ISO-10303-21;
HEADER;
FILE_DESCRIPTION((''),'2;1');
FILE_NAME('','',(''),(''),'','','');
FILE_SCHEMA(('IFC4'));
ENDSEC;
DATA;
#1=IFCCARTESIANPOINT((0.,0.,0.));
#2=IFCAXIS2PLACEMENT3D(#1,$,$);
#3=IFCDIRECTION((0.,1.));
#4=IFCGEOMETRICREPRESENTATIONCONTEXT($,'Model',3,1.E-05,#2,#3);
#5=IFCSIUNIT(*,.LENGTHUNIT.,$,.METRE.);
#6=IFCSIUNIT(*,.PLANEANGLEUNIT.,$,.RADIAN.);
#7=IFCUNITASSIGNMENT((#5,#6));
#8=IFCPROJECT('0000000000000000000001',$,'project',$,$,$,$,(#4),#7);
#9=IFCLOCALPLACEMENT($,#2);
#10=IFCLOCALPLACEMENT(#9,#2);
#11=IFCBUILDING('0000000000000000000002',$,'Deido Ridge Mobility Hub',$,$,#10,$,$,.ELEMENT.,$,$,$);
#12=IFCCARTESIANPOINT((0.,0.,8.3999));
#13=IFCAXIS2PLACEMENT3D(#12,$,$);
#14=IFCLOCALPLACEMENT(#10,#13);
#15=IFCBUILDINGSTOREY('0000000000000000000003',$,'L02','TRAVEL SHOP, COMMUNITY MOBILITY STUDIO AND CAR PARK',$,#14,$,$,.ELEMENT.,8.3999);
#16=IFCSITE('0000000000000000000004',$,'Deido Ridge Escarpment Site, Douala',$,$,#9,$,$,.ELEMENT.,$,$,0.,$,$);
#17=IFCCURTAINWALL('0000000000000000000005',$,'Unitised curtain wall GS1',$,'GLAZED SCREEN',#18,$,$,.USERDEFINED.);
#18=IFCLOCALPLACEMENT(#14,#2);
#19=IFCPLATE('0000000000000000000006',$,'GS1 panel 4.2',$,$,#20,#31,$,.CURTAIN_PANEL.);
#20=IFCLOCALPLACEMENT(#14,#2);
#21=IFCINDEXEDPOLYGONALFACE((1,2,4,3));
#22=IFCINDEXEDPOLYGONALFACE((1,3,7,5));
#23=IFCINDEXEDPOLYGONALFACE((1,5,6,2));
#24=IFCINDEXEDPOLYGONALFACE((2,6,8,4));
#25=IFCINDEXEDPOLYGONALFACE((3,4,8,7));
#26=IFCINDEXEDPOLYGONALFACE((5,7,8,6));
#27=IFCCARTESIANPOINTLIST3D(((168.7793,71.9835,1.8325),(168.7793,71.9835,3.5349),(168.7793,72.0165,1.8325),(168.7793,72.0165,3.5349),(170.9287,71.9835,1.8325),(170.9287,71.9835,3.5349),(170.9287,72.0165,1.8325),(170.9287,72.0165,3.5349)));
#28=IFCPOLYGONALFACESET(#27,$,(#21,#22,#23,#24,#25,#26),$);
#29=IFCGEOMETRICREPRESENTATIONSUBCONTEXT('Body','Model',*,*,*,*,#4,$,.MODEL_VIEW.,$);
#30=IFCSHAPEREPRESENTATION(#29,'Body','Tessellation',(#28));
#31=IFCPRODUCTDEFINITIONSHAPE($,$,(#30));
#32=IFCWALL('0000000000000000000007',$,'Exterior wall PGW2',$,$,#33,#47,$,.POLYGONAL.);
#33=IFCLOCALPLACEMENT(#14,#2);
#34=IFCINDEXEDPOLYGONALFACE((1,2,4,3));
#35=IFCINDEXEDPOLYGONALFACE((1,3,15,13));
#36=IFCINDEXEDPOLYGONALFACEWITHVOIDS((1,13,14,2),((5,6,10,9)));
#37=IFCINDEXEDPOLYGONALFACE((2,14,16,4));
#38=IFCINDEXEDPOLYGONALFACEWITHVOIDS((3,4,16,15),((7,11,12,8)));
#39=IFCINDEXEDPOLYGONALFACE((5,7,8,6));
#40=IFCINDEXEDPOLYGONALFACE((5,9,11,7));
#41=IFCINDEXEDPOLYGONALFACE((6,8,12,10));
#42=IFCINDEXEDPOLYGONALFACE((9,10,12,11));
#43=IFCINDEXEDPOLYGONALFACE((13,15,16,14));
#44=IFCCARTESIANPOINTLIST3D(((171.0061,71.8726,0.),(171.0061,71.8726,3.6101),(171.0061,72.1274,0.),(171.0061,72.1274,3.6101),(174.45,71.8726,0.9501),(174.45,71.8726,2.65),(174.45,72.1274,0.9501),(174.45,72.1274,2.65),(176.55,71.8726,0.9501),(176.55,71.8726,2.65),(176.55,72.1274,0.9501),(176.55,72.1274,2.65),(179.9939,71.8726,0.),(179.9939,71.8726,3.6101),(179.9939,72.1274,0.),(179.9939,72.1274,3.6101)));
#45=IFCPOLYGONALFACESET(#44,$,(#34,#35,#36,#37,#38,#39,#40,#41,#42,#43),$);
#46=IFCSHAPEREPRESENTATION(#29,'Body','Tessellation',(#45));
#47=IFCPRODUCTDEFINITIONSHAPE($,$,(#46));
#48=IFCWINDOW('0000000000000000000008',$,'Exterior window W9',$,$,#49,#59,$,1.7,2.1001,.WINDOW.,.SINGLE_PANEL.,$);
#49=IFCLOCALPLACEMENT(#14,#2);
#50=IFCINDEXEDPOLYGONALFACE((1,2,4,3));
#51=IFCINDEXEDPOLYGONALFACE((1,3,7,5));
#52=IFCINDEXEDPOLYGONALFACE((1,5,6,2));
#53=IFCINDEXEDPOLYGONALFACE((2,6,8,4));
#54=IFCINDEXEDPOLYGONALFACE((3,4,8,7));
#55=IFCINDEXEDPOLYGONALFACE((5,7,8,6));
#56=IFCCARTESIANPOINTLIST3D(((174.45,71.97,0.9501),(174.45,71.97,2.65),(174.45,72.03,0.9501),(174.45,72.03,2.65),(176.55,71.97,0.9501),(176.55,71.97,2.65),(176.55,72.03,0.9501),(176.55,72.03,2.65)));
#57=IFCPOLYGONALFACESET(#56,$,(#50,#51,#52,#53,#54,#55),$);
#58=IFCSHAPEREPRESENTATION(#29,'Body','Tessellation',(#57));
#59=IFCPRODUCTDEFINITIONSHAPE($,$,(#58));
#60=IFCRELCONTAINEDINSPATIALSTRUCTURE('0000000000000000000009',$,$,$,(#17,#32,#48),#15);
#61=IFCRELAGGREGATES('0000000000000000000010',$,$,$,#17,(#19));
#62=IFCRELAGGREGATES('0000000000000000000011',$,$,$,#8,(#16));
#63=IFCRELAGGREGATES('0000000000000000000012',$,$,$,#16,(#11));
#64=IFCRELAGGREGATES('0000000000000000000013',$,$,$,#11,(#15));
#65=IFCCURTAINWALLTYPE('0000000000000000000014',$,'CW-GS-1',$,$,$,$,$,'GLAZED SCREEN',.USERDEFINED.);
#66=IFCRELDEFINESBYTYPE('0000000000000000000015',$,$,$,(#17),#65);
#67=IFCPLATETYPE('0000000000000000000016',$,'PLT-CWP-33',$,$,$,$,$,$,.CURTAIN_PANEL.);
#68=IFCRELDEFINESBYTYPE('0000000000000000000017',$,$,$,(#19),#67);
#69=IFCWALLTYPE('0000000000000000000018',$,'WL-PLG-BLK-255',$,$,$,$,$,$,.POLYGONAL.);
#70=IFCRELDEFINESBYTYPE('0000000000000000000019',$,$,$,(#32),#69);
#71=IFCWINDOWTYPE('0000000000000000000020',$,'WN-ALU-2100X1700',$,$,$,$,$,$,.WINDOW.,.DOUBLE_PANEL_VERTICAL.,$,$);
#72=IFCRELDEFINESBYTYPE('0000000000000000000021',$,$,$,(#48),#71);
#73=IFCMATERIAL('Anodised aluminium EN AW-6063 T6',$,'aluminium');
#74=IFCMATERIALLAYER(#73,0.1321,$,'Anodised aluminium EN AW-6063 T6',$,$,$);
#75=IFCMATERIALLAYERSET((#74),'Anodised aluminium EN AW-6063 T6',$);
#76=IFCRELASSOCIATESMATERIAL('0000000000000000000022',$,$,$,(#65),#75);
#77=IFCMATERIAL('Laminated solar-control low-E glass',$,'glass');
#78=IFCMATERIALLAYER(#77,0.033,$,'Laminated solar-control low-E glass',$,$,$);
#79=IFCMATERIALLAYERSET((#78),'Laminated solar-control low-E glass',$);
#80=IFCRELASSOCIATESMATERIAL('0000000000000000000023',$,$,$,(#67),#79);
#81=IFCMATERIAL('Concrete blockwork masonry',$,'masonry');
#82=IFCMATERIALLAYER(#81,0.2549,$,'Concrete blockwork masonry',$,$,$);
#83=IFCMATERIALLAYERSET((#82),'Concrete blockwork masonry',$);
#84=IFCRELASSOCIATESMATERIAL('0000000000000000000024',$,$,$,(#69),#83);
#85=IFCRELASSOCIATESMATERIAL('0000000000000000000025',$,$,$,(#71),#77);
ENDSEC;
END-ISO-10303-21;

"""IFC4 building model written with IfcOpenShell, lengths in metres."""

from ifc_helpers import new_model, si_unit, direction, frame, frame_2d, origin, origin_2d, place, context, subcontext, project, spatial, rectangle, extrude, material, layer, layer_set, type_object, element, fill, aggregate, save


model = new_model("IFC4")

# Units and contexts
model_context = context("Model", 3, precision=1e-05, world=origin(), true_north=direction((0.0, 1.0)))
body_context = subcontext(model_context, "Body", "Model", "MODEL_VIEW")
ifc_project = project(units=[si_unit("LENGTHUNIT", "METRE"), si_unit("PLANEANGLEUNIT", "RADIAN")], contexts=[model_context])

# Site, building, storey
site_placement = place(None, origin())
site = spatial("IfcSite", under=ifc_project, at=site_placement, Name="Deido Ridge Escarpment Site, Douala", CompositionType="ELEMENT", RefElevation=0.0)
building_placement = place(site_placement, origin())
building = spatial("IfcBuilding", under=site, at=building_placement, Name="Deido Ridge Mobility Hub", CompositionType="ELEMENT")
storey_placement = place(building_placement, frame((0.0, 0.0, 8.3999)))
storey = spatial("IfcBuildingStorey", under=building, at=storey_placement, Name="L02", Description="TRAVEL SHOP, COMMUNITY MOBILITY STUDIO AND CAR PARK", CompositionType="ELEMENT", Elevation=8.3999)

# Curtain wall
ifc_material_1 = material(Name="Anodised aluminium EN AW-6063 T6", Category="aluminium")
ifc_layer_1 = layer(ifc_material_1, 0.1321, Name="Anodised aluminium EN AW-6063 T6")
ifc_layer_set_1 = layer_set([ifc_layer_1], Name="Anodised aluminium EN AW-6063 T6")
curtain_wall_type = type_object("IfcCurtainWallType", Name="CW-GS-1", ElementType="GLAZED SCREEN", PredefinedType="USERDEFINED", material=ifc_layer_set_1)
curtain_wall_placement = place(storey_placement, origin())
curtain_wall = element("IfcCurtainWall", 1, at=curtain_wall_placement, inside=storey, type_object=curtain_wall_type, Name="Unitised curtain wall GS1", ObjectType="GLAZED SCREEN", PredefinedType="USERDEFINED")

# Plate
ifc_material_2 = material(Name="Laminated solar-control low-E glass", Category="glass")
ifc_layer_2 = layer(ifc_material_2, 0.033, Name="Laminated solar-control low-E glass")
ifc_layer_set_2 = layer_set([ifc_layer_2], Name="Laminated solar-control low-E glass")
plate_type = type_object("IfcPlateType", Name="PLT-CWP-33", PredefinedType="CURTAIN_PANEL", material=ifc_layer_set_2)
plate_1_placement = place(storey_placement, frame((169.854, 72.0, 1.8325), z_axis=(0.0, 0.0, 1.0), x_axis=(1.0, 0.0, 0.0)))
plate_1 = element("IfcPlate", 2, at=plate_1_placement, type_object=plate_type, Name="GS1 panel 4.2", PredefinedType="CURTAIN_PANEL", context=body_context, shape_type="SweptSolid", body=[
    extrude(rectangle(XDim=2.1494, YDim=0.033, at=origin_2d()), origin(), (0.0, 0.0, 1.0), 1.7024),
])
aggregate(curtain_wall, [plate_1])

# Wall, opening, window
ifc_material_3 = material(Name="Concrete blockwork masonry", Category="masonry")
ifc_layer_3 = layer(ifc_material_3, 0.2549, Name="Concrete blockwork masonry")
ifc_layer_set_3 = layer_set([ifc_layer_3], Name="Concrete blockwork masonry")
wall_type = type_object("IfcWallType", Name="WL-PLG-BLK-255", PredefinedType="POLYGONAL", material=ifc_layer_set_3)
wall_placement = place(storey_placement, frame((171.0061, 72.0, 0.0), z_axis=(0.0, 0.0, 1.0), x_axis=(1.0, 0.0, 0.0)))
wall = element("IfcWall", 3, at=wall_placement, inside=storey, type_object=wall_type, Name="Exterior wall PGW2", PredefinedType="POLYGONAL", context=body_context, shape_type="SweptSolid", body=[
    extrude(rectangle(XDim=8.9878, YDim=0.2549, at=frame_2d((4.4939, 0.0))), origin(), (0.0, 0.0, 1.0), 3.6101),
])
opening_placement = place(wall_placement, frame((3.4438, 0.0, 0.95)))
opening = element("IfcOpeningElement", 4, at=opening_placement, cuts=wall, PredefinedType="OPENING", context=body_context, shape_type="SweptSolid", body=[
    extrude(rectangle(XDim=2.1001, YDim=1.7, at=frame_2d((1.05, 0.8501))), frame((0.0, 0.1375, 0.0), z_axis=(0.0, -1.0, 0.0), x_axis=(1.0, 0.0, 0.0)), (0.0, 0.0, 1.0), 0.2749),
])
window_type = type_object("IfcWindowType", Name="WN-ALU-2100X1700", PartitioningType="DOUBLE_PANEL_VERTICAL", PredefinedType="WINDOW", material=ifc_material_2)
window_placement = place(opening_placement, origin())
window = element("IfcWindow", 5, at=window_placement, inside=storey, type_object=window_type, Name="Exterior window W9", OverallHeight=1.7, OverallWidth=2.1001, PartitioningType="SINGLE_PANEL", PredefinedType="WINDOW", context=body_context, shape_type="SweptSolid", body=[
    extrude(rectangle(XDim=2.1001, YDim=1.7, at=frame_2d((1.05, 0.8501))), frame((0.0, 0.03, 0.0), z_axis=(0.0, -1.0, 0.0), x_axis=(1.0, 0.0, 0.0)), (0.0, 0.0, 1.0), 0.0601),
])
fill(opening, window)

save(model, "model.ifc")
